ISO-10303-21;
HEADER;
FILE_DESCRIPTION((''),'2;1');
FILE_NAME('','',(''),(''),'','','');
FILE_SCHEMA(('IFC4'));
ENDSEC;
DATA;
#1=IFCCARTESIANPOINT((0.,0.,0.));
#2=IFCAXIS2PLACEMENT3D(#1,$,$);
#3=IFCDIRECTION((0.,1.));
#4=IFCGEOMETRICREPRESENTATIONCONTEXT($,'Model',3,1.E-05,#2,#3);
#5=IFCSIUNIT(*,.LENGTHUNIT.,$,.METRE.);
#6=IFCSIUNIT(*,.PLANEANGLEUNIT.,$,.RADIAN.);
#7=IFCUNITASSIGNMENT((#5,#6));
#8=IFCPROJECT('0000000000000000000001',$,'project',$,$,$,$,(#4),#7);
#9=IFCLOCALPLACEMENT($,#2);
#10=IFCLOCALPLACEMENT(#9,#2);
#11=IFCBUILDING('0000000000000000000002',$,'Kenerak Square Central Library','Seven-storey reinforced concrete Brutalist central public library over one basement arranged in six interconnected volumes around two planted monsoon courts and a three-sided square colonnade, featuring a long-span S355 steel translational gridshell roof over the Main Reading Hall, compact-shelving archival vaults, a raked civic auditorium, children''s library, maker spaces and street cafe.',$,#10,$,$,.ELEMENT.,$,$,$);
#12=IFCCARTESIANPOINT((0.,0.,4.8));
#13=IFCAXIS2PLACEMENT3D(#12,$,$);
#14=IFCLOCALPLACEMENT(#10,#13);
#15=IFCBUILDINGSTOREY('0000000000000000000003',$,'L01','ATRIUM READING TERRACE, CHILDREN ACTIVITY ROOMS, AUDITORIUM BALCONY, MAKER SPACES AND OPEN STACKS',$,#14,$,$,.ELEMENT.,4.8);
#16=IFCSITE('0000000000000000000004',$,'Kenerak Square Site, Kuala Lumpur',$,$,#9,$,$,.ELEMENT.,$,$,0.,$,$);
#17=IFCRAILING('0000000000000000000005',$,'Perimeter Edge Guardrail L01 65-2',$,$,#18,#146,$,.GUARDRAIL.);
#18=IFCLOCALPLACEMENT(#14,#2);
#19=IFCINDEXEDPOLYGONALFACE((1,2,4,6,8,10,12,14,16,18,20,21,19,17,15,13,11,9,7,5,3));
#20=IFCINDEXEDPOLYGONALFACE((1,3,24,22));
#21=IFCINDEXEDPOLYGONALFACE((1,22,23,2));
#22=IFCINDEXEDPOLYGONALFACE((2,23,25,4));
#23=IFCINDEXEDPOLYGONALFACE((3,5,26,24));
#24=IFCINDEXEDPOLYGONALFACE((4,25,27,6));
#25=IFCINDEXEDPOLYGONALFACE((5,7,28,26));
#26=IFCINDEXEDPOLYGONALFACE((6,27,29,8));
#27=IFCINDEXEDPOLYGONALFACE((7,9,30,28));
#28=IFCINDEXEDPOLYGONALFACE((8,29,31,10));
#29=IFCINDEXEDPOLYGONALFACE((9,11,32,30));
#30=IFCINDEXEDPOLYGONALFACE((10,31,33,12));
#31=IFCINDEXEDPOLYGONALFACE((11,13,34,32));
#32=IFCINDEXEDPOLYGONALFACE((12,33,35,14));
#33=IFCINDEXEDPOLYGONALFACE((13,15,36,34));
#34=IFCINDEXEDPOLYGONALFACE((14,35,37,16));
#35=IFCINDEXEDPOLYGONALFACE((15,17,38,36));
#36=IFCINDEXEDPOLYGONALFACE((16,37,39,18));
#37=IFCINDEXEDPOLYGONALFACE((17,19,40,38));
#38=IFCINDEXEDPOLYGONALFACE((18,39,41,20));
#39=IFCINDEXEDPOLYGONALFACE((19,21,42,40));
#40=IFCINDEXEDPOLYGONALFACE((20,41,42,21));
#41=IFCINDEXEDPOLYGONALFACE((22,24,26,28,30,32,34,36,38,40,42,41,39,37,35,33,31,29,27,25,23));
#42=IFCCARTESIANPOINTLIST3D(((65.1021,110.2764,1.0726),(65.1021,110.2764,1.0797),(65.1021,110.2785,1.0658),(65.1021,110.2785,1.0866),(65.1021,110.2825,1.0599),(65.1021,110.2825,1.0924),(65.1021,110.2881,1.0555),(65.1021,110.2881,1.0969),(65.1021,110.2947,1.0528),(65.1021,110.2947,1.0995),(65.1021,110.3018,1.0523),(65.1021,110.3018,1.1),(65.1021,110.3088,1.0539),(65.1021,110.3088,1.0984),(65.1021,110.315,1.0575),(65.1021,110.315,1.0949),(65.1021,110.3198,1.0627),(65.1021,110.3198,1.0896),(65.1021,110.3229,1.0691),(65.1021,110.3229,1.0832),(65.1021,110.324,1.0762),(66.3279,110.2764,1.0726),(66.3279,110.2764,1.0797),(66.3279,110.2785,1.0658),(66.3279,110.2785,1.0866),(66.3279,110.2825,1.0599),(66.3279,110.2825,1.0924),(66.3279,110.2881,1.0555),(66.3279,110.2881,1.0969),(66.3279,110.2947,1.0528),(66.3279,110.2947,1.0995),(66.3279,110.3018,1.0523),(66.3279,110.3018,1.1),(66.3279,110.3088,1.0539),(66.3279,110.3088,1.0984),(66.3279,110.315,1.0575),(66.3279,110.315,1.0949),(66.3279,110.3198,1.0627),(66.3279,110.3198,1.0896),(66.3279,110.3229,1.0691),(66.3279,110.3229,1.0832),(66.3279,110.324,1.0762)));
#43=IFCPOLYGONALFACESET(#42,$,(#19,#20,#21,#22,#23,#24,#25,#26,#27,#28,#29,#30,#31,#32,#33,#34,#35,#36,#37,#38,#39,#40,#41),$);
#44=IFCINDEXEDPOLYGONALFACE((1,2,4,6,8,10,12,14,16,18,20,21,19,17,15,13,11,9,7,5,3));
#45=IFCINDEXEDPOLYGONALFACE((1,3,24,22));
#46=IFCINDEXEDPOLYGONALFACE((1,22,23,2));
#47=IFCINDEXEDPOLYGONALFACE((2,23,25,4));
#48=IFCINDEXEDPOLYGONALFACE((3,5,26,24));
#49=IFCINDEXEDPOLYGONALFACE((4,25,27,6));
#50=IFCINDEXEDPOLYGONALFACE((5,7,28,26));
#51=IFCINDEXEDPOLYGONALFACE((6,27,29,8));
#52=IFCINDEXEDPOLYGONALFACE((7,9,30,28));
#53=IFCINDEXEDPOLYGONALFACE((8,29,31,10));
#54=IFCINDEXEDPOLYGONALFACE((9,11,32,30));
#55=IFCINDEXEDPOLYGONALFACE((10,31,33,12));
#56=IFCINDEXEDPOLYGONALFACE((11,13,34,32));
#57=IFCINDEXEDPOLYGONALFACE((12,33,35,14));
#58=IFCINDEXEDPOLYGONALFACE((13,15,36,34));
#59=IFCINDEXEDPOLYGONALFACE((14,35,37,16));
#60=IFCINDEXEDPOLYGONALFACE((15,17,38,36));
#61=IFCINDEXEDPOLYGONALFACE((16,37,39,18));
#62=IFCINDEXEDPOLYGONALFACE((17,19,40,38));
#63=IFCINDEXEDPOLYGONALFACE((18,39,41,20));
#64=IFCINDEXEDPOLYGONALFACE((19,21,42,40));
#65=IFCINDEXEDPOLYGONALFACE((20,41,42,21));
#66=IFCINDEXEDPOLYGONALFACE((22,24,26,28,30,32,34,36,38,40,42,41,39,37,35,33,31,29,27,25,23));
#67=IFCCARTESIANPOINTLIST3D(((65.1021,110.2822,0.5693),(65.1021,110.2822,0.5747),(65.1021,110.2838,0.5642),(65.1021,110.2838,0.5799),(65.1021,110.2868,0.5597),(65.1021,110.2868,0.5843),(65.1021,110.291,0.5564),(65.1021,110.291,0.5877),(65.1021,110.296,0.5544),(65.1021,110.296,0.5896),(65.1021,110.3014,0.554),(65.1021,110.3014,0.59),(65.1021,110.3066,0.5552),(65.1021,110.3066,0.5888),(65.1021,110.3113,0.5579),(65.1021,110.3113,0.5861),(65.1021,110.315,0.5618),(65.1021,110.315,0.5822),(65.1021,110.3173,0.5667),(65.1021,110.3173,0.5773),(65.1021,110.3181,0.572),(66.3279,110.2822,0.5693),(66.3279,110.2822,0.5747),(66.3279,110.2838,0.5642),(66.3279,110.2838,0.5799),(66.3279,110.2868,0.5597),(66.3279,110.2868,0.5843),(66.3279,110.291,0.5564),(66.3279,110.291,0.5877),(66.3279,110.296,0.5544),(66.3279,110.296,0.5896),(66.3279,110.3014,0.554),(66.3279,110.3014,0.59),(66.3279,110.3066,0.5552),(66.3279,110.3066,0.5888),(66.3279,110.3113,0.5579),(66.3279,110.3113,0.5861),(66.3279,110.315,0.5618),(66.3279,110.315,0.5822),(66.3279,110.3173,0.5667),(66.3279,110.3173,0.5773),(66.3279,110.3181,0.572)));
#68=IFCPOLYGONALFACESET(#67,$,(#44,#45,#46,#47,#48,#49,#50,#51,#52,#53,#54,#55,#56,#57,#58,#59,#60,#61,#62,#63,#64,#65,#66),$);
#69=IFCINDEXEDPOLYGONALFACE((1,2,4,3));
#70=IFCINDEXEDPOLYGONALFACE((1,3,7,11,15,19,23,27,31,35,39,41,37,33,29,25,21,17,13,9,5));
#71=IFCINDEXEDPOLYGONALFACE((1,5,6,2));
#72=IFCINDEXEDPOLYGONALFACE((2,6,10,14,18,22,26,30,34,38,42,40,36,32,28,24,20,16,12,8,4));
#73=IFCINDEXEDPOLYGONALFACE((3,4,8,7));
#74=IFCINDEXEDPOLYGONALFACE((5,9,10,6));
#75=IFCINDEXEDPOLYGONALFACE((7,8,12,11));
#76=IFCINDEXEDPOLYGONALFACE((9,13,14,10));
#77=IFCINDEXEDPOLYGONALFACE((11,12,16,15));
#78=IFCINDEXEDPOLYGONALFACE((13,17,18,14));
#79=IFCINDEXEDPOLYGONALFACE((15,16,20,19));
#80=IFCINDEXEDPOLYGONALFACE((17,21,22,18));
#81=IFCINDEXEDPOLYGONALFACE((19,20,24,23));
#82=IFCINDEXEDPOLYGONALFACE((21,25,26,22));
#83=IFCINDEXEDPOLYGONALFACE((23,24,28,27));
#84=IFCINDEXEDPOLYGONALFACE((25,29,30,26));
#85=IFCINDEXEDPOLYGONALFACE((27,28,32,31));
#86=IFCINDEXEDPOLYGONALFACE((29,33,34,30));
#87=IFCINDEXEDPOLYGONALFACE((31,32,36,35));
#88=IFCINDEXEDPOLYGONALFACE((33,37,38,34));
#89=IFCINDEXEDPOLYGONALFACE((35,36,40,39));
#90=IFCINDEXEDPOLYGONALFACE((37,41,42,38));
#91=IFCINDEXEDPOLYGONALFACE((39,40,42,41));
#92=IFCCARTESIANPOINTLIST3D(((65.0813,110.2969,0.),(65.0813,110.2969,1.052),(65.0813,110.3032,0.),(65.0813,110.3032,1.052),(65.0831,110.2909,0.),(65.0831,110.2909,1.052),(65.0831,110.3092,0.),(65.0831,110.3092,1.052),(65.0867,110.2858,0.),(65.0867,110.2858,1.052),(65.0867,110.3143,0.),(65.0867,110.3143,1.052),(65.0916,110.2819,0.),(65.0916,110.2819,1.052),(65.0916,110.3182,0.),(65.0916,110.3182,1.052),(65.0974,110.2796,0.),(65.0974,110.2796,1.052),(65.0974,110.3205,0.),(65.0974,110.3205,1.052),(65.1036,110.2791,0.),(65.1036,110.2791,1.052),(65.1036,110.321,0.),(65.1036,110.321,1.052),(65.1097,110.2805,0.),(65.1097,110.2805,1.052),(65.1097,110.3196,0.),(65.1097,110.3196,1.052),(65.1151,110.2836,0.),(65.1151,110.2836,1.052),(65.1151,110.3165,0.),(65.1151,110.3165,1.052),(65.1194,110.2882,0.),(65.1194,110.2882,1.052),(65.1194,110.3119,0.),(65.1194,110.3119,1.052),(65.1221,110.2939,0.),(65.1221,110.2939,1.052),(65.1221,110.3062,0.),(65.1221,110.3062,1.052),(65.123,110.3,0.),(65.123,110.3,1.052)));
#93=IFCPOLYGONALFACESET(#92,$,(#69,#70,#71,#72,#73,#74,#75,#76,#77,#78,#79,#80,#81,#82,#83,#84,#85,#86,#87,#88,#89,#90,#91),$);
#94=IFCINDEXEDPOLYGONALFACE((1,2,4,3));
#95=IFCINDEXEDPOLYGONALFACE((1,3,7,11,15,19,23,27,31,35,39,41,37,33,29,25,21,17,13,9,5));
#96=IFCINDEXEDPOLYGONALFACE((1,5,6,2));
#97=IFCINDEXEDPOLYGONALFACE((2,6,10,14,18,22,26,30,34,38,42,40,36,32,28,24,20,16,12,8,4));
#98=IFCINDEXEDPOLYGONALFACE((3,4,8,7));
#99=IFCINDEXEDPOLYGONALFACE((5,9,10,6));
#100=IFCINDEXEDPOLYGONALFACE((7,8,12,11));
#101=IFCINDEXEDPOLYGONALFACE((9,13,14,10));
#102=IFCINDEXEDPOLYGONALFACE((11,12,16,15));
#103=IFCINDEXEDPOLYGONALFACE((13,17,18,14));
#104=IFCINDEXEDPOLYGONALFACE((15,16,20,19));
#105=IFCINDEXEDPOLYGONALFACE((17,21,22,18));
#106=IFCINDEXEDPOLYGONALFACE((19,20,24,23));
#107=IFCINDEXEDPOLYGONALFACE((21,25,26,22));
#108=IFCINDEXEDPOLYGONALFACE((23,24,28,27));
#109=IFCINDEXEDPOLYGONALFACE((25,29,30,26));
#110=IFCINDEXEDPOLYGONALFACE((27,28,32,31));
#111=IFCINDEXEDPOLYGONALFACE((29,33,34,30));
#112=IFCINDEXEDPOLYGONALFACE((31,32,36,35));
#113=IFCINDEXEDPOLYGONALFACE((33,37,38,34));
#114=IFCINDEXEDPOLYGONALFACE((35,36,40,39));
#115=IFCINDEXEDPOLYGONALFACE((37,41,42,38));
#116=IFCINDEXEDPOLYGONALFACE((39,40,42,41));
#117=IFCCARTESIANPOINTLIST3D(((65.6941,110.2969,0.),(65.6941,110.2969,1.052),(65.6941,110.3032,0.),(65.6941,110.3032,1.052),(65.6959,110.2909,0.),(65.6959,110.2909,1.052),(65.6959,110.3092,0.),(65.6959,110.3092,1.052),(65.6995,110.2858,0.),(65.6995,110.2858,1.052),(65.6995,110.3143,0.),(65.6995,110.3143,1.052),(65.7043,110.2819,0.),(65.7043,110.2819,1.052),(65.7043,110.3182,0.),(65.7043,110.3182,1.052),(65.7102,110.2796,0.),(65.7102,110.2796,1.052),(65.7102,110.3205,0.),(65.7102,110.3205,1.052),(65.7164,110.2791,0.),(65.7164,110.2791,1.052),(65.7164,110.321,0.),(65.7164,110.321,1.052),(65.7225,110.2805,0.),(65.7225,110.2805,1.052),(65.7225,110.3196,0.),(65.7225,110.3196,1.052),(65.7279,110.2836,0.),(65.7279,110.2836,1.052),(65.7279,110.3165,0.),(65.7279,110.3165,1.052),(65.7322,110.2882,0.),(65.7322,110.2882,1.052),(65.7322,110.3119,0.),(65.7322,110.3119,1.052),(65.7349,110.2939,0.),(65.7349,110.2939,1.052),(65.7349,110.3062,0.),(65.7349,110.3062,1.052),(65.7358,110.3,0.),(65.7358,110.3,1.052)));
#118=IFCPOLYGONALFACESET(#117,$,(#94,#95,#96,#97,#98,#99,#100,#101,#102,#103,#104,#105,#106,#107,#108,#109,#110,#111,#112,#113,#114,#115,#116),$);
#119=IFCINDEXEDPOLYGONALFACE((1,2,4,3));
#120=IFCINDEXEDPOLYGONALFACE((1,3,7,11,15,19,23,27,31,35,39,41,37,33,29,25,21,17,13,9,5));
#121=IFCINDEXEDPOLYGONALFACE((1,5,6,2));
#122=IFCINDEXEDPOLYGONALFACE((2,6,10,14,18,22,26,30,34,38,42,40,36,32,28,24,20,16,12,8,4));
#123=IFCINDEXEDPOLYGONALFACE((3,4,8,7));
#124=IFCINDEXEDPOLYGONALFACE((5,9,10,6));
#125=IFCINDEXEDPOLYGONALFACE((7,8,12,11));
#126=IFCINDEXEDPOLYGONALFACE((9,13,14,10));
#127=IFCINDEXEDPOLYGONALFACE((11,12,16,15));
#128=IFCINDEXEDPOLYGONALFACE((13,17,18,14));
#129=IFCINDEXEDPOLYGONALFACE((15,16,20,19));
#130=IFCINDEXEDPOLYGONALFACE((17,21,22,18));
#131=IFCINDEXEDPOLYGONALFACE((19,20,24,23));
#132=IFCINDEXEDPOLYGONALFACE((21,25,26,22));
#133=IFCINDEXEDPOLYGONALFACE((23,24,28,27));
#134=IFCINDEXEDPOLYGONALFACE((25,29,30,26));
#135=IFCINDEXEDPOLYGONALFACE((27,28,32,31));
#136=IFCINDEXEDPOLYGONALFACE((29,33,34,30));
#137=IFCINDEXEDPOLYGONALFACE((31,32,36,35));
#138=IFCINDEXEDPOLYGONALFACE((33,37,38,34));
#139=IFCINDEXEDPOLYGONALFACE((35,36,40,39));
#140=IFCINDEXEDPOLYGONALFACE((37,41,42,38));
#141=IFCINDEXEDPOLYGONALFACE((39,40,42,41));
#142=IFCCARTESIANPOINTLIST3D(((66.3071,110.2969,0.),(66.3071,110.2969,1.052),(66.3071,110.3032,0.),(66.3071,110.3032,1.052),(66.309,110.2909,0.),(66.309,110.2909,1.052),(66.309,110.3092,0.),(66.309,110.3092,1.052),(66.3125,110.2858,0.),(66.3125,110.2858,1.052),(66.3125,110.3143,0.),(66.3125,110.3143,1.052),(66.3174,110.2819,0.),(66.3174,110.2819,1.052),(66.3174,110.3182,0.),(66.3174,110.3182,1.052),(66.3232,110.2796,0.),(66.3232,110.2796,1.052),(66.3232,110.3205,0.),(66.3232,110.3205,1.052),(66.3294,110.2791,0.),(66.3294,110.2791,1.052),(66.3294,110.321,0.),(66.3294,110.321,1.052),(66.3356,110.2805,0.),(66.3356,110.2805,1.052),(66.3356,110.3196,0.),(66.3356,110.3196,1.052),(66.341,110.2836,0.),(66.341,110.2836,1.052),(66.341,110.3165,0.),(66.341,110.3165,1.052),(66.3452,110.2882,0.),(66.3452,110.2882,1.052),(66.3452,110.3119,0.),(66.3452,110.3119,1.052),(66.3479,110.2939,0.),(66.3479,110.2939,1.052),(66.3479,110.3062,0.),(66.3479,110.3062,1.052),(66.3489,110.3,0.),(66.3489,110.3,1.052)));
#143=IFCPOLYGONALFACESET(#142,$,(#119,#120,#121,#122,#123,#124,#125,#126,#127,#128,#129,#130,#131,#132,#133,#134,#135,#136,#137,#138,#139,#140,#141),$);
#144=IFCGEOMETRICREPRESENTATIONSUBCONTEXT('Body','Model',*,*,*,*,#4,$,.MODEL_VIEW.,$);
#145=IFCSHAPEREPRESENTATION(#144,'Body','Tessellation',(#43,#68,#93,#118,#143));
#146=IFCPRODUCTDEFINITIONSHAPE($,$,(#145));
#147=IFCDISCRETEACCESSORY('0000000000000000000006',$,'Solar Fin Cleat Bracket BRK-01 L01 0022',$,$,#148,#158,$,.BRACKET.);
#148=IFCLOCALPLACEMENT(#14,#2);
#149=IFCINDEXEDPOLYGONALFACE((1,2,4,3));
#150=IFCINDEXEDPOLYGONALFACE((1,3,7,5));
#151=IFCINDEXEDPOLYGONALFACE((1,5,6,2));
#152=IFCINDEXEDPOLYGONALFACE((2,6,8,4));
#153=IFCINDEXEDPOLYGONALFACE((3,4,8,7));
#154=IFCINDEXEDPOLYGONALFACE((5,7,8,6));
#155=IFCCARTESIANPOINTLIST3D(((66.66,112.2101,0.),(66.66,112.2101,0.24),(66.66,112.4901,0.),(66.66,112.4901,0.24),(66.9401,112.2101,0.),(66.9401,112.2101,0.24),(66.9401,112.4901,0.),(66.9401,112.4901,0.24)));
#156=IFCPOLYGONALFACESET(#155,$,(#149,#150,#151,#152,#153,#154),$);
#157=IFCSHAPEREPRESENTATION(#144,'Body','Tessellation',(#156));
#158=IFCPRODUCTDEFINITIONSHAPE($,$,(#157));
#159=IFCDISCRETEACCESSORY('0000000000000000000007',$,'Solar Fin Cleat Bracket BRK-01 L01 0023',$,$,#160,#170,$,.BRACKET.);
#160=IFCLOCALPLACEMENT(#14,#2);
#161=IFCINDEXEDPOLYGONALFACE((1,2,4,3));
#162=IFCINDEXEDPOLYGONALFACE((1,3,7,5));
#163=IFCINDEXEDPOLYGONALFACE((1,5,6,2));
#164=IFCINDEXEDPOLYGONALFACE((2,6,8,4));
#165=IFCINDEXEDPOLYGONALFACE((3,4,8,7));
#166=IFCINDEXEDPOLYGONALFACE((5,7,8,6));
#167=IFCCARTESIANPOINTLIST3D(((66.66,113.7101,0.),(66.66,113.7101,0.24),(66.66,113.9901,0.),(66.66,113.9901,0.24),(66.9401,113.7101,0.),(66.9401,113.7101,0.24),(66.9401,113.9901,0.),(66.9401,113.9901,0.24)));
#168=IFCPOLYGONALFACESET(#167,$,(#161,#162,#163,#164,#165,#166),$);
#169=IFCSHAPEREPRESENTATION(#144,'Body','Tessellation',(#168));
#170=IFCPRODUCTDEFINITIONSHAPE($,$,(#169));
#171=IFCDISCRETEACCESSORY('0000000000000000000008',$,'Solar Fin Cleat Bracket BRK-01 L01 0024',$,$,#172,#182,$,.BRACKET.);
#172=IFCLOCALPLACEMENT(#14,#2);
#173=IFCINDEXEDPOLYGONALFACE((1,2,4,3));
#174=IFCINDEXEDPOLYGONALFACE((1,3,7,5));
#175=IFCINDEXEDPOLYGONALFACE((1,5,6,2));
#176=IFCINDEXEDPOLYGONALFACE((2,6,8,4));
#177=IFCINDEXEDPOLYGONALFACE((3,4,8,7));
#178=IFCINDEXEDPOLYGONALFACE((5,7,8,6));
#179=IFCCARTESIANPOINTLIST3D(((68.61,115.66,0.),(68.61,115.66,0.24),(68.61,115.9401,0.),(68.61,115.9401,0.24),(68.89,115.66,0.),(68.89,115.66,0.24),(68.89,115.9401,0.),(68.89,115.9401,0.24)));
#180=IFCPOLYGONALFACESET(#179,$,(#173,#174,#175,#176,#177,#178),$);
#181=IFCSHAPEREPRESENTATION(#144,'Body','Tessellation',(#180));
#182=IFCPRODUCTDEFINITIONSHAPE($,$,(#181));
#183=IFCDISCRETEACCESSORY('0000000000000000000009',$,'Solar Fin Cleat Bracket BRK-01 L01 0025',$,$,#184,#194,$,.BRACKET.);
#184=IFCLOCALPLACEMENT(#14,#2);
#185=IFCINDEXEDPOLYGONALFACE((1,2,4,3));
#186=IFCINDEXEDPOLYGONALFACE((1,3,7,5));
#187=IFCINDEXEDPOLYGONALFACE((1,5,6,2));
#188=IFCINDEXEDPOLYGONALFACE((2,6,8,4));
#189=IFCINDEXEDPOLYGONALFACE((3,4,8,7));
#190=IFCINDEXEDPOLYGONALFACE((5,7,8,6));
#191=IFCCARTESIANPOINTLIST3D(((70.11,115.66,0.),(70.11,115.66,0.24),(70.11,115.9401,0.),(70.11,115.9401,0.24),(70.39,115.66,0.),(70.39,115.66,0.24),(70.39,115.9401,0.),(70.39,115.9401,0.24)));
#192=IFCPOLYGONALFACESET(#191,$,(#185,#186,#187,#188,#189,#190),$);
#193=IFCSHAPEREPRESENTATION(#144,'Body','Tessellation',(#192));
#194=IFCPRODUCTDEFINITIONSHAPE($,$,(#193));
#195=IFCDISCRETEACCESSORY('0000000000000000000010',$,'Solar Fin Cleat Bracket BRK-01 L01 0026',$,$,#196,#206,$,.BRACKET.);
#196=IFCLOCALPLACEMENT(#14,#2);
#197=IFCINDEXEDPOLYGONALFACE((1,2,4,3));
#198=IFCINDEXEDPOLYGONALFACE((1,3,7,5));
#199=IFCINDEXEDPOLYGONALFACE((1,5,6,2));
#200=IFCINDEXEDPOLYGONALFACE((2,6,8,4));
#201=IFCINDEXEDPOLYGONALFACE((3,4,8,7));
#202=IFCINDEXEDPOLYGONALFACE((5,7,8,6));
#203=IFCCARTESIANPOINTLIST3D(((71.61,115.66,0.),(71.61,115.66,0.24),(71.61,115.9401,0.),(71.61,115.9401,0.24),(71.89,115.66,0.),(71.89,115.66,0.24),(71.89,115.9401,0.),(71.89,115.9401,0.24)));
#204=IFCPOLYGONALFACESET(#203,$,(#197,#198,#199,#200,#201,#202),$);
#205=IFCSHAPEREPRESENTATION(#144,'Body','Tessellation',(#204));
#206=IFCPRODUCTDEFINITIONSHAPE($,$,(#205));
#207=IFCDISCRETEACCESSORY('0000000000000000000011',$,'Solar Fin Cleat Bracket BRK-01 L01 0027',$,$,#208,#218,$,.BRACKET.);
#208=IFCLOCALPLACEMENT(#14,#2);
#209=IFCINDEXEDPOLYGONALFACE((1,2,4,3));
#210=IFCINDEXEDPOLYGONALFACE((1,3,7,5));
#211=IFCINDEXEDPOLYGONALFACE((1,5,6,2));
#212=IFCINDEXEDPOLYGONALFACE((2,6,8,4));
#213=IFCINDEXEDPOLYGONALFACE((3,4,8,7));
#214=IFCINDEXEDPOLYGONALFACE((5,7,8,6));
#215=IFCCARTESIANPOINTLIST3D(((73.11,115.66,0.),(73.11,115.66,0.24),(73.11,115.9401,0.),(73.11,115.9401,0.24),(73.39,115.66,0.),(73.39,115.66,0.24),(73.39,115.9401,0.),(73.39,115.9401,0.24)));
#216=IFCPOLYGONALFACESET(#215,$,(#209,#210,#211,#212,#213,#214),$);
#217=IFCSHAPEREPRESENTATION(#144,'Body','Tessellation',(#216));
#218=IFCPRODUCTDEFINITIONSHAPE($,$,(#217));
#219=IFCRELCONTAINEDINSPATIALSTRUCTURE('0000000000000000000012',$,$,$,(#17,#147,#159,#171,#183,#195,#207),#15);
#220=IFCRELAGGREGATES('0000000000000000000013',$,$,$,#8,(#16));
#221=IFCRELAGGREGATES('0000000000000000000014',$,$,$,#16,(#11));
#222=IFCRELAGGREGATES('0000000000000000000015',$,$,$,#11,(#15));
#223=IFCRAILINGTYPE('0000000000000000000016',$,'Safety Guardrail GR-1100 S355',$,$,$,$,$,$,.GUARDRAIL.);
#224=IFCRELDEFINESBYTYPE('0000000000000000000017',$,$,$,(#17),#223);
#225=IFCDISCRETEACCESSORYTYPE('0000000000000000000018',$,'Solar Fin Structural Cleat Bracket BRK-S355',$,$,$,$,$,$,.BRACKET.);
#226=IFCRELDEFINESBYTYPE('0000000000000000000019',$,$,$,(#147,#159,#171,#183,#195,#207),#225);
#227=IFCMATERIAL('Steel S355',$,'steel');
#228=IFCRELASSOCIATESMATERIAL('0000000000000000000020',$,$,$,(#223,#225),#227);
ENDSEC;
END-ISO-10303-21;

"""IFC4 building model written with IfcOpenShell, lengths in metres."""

from ifc_helpers import new_model, si_unit, direction, frame, origin, origin_2d, place, context, subcontext, project, spatial, rectangle, circle, extrude, material, type_object, element, save


model = new_model("IFC4")

# Units and contexts
model_context = context("Model", 3, precision=1e-05, world=origin(), true_north=direction((0.0, 1.0)))
body_context = subcontext(model_context, "Body", "Model", "MODEL_VIEW")
ifc_project = project(units=[si_unit("LENGTHUNIT", "METRE"), si_unit("PLANEANGLEUNIT", "RADIAN")], contexts=[model_context])

# Site, building, storey
site_placement = place(None, origin())
site = spatial("IfcSite", under=ifc_project, at=site_placement, Name="Kenerak Square Site, Kuala Lumpur", CompositionType="ELEMENT", RefElevation=0.0)
building_placement = place(site_placement, origin())
building = spatial("IfcBuilding", under=site, at=building_placement, Name="Kenerak Square Central Library", Description="Seven-storey reinforced concrete Brutalist central public library over one basement arranged in six interconnected volumes around two planted monsoon courts and a three-sided square colonnade, featuring a long-span S355 steel translational gridshell roof over the Main Reading Hall, compact-shelving archival vaults, a raked civic auditorium, children's library, maker spaces and street cafe.", CompositionType="ELEMENT")
storey_placement = place(building_placement, frame((0.0, 0.0, 4.8)))
storey = spatial("IfcBuildingStorey", under=building, at=storey_placement, Name="L01", Description="ATRIUM READING TERRACE, CHILDREN ACTIVITY ROOMS, AUDITORIUM BALCONY, MAKER SPACES AND OPEN STACKS", CompositionType="ELEMENT", Elevation=4.8)

# Railing
ifc_material_1 = material(Name="Steel S355", Category="steel")
railing_type = type_object("IfcRailingType", Name="Safety Guardrail GR-1100 S355", PredefinedType="GUARDRAIL", material=ifc_material_1)
railing_placement = place(storey_placement, frame((65.1021, 110.3, 0.0)))
element("IfcRailing", 1, at=railing_placement, inside=storey, type_object=railing_type, Name="Perimeter Edge Guardrail L01 65-2", PredefinedType="GUARDRAIL", context=body_context, shape_type="SweptSolid", body=[
    extrude(circle(Radius=0.0239, at=origin_2d()), frame((0.0, 0.0, 1.0762), z_axis=(1.0, 0.0, 0.0), x_axis=(0.0, 1.0, 0.0)), (0.0, 0.0, 1.0), 1.2258),
    extrude(circle(Radius=0.0181, at=origin_2d()), frame((0.0, 0.0, 0.572), z_axis=(1.0, 0.0, 0.0), x_axis=(0.0, 1.0, 0.0)), (0.0, 0.0, 1.0), 1.2258),
    extrude(circle(Radius=0.021, at=origin_2d()), origin(), (0.0, 0.0, 1.0), 1.052),
    extrude(circle(Radius=0.021, at=origin_2d()), frame((0.6128, 0.0, 0.0)), (0.0, 0.0, 1.0), 1.052),
    extrude(circle(Radius=0.021, at=origin_2d()), frame((1.2258, 0.0, 0.0)), (0.0, 0.0, 1.0), 1.052),
])

# Discrete accessories
discrete_accessory_type = type_object("IfcDiscreteAccessoryType", Name="Solar Fin Structural Cleat Bracket BRK-S355", PredefinedType="BRACKET", material=ifc_material_1)
for number, where, z_axis, x_axis, name in (
    (2, (66.8, 112.3501, 0.0), (0.0, 0.0, 1.0), (0.0, 1.0, 0.0), "Solar Fin Cleat Bracket BRK-01 L01 0022"),
    (3, (66.8, 113.8501, 0.0), (0.0, 0.0, 1.0), (0.0, 1.0, 0.0), "Solar Fin Cleat Bracket BRK-01 L01 0023"),
    (4, (68.75, 115.8, 0.0), (0.0, 0.0, 1.0), (1.0, 0.0, 0.0), "Solar Fin Cleat Bracket BRK-01 L01 0024"),
    (5, (70.25, 115.8, 0.0), (0.0, 0.0, 1.0), (1.0, 0.0, 0.0), "Solar Fin Cleat Bracket BRK-01 L01 0025"),
    (6, (71.75, 115.8, 0.0), (0.0, 0.0, 1.0), (1.0, 0.0, 0.0), "Solar Fin Cleat Bracket BRK-01 L01 0026"),
    (7, (73.25, 115.8, 0.0), (0.0, 0.0, 1.0), (1.0, 0.0, 0.0), "Solar Fin Cleat Bracket BRK-01 L01 0027"),
):
    element("IfcDiscreteAccessory", number, at=place(storey_placement, frame(where, z_axis=z_axis, x_axis=x_axis)), inside=storey, type_object=discrete_accessory_type, Name=name, PredefinedType="BRACKET", context=body_context, shape_type="SweptSolid", body=[
        extrude(rectangle(XDim=0.28, YDim=0.28, at=origin_2d()), origin(), (0.0, 0.0, 1.0), 0.24),
    ])

save(model, "model.ifc")
